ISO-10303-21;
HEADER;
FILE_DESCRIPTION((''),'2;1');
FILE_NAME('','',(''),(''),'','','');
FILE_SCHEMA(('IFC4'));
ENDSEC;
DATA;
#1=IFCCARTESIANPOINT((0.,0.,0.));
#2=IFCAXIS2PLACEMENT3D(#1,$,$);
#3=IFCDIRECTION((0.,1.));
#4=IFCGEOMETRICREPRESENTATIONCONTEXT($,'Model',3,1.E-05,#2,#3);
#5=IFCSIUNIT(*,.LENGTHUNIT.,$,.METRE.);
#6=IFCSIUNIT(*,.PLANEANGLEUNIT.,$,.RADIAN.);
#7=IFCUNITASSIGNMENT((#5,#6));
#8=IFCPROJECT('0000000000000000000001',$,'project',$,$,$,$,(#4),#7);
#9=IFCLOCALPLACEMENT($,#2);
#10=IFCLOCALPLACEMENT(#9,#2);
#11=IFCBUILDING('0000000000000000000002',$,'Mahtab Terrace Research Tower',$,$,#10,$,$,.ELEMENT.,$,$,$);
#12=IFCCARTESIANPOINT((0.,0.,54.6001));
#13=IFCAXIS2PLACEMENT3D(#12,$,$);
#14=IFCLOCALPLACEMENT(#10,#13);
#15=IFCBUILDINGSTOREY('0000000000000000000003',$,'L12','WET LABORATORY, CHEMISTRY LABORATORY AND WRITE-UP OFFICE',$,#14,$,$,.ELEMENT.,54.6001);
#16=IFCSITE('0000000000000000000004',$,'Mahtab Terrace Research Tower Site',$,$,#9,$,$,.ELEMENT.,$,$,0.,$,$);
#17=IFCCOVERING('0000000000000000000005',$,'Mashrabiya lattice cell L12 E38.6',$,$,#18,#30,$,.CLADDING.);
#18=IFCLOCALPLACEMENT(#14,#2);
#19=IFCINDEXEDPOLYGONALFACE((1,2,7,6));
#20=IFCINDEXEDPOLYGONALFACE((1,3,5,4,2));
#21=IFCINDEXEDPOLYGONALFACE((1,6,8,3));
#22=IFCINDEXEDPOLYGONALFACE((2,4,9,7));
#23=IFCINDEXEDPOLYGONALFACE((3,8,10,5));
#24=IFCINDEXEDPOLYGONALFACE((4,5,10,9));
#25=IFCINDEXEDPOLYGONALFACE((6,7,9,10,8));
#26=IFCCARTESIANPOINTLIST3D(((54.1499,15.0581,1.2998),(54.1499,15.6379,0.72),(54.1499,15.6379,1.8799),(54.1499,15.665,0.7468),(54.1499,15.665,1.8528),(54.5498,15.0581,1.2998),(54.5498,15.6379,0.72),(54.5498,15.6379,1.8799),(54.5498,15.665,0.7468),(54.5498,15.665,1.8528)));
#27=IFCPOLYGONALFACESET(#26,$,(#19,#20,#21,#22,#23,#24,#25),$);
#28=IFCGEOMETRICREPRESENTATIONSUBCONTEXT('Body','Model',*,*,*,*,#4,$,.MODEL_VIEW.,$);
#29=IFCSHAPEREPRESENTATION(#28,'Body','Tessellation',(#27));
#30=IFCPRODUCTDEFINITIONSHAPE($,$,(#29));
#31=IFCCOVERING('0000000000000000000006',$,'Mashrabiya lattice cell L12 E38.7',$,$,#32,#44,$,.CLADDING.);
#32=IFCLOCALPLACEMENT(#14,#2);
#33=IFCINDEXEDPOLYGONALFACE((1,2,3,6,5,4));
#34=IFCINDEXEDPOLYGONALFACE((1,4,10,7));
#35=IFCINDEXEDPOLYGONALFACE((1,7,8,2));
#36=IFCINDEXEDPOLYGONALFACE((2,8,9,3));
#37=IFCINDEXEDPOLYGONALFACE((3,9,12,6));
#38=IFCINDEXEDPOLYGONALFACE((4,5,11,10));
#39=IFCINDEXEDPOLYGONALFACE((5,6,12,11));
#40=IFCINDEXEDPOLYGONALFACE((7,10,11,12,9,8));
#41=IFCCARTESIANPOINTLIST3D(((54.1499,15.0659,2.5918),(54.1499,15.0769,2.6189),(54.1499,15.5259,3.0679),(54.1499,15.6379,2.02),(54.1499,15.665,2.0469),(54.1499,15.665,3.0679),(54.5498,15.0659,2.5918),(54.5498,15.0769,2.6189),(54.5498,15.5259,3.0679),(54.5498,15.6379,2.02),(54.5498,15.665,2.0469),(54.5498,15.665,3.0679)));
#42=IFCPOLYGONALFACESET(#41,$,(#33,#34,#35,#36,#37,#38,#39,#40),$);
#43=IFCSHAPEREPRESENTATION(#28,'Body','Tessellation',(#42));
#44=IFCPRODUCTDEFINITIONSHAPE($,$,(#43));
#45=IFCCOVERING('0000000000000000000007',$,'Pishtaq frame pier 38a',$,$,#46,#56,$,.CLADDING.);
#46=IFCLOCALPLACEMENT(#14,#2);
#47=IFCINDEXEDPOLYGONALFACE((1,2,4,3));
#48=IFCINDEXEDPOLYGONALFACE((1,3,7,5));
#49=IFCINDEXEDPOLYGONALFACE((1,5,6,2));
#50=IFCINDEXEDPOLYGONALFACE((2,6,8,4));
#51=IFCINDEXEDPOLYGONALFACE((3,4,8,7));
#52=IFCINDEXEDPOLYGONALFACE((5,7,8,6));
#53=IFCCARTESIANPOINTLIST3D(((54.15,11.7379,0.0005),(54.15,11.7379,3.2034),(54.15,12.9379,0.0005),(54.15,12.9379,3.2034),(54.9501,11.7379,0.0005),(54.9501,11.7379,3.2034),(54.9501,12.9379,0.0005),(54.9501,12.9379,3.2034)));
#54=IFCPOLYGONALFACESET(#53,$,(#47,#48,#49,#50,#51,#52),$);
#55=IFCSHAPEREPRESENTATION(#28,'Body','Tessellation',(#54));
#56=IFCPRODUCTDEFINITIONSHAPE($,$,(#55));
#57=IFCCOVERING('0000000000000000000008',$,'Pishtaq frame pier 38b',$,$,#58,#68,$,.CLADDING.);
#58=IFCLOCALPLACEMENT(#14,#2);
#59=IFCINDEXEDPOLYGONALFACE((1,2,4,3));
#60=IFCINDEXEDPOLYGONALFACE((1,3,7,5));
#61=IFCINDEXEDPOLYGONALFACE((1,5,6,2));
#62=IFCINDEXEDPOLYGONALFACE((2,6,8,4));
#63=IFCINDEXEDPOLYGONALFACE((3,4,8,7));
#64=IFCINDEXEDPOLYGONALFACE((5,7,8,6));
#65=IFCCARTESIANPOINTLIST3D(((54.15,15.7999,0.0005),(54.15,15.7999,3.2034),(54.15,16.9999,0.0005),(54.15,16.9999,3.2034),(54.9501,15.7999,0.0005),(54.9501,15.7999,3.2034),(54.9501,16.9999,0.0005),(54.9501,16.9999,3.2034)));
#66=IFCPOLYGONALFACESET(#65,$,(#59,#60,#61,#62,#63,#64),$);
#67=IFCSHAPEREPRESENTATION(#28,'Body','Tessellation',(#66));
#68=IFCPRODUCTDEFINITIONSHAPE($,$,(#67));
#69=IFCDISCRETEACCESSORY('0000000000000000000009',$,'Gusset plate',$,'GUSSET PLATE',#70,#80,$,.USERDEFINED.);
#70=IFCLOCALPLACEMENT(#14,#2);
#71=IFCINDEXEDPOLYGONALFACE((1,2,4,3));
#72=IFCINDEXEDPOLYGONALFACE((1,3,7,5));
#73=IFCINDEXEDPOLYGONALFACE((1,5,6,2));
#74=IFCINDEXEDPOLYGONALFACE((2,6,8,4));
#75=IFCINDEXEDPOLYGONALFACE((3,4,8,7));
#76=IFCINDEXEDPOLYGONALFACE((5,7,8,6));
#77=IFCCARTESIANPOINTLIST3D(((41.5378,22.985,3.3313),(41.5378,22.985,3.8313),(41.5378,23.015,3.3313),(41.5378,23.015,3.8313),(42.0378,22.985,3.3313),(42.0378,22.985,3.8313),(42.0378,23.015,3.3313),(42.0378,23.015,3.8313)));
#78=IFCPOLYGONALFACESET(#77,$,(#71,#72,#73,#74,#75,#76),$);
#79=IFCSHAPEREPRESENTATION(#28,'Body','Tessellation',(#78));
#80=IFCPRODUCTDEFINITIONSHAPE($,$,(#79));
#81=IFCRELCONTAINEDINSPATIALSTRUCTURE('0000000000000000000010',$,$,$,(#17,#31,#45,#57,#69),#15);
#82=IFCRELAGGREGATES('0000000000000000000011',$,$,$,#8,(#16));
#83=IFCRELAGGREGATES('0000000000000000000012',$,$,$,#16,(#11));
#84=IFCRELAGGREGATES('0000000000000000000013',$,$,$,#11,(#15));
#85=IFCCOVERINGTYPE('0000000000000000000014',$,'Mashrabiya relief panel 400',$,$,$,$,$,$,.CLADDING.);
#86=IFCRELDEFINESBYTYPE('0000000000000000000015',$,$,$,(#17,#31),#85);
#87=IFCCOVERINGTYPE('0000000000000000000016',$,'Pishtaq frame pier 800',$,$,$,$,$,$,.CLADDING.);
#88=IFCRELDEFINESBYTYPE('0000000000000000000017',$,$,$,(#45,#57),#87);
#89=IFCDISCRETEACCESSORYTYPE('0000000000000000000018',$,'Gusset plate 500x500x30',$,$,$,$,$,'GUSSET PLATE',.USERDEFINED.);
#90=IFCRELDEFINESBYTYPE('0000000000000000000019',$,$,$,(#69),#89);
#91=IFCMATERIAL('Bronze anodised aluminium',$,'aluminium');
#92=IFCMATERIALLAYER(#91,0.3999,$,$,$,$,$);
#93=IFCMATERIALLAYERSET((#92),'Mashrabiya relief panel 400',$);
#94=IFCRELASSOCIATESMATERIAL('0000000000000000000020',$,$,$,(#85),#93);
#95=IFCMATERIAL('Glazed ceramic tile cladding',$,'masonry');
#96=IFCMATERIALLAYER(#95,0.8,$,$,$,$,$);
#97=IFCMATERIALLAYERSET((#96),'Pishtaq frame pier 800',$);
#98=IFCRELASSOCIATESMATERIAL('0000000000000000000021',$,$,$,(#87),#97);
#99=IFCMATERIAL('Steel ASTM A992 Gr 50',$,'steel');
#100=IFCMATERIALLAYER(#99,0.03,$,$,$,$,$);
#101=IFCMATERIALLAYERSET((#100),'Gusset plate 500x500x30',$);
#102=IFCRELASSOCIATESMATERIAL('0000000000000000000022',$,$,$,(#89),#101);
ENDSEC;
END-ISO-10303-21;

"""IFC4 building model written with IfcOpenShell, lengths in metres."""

from ifc_helpers import new_model, si_unit, direction, frame, origin, origin_2d, place, context, subcontext, project, spatial, polyline, rectangle, outline, extrude, material, layer, layer_set, type_object, element, save


model = new_model("IFC4")

# Units and contexts
model_context = context("Model", 3, precision=1e-05, world=origin(), true_north=direction((0.0, 1.0)))
body_context = subcontext(model_context, "Body", "Model", "MODEL_VIEW")
ifc_project = project(units=[si_unit("LENGTHUNIT", "METRE"), si_unit("PLANEANGLEUNIT", "RADIAN")], contexts=[model_context])

# Site, building, storey
site_placement = place(None, origin())
site = spatial("IfcSite", under=ifc_project, at=site_placement, Name="Mahtab Terrace Research Tower Site", CompositionType="ELEMENT", RefElevation=0.0)
building_placement = place(site_placement, origin())
building = spatial("IfcBuilding", under=site, at=building_placement, Name="Mahtab Terrace Research Tower", CompositionType="ELEMENT")
storey_placement = place(building_placement, frame((0.0, 0.0, 54.6001)))
storey = spatial("IfcBuildingStorey", under=building, at=storey_placement, Name="L12", Description="WET LABORATORY, CHEMISTRY LABORATORY AND WRITE-UP OFFICE", CompositionType="ELEMENT", Elevation=54.6001)

# Shared definitions
ifc_material_1 = material(Name="Steel ASTM A992 Gr 50", Category="steel")

# Coverings
ifc_material_2 = material(Name="Bronze anodised aluminium", Category="aluminium")
ifc_layer_1 = layer(ifc_material_2, 0.3999)
ifc_layer_set_1 = layer_set([ifc_layer_1], Name="Mashrabiya relief panel 400")
covering_type_1 = type_object("IfcCoveringType", Name="Mashrabiya relief panel 400", PredefinedType="CLADDING", material=ifc_layer_set_1)
covering_1_placement = place(storey_placement, frame((54.1499, 15.6379, 0.72), z_axis=(-1.0, 0.0, 0.0), x_axis=(0.0, -0.707107, 0.707107)))
element("IfcCovering", 1, at=covering_1_placement, inside=storey, type_object=covering_type_1, Name="Mashrabiya lattice cell L12 E38.6", PredefinedType="CLADDING", context=body_context, shape_type="SweptSolid", body=[
    extrude(outline(polyline([(0.0, 0.0), (0.82, 0.0), (0.8202, 0.8202), (0.7819, 0.8202), (-0.0002, 0.0382), (0.0, 0.0)])), origin(), (0.0, 0.0, -1.0), 0.3999),
])
covering_2_placement = place(storey_placement, frame((54.1499, 15.6379, 2.02), z_axis=(-1.0, 0.0, 0.0), x_axis=(0.0, -0.707258, 0.706956)))
element("IfcCovering", 2, at=covering_2_placement, inside=storey, type_object=covering_type_1, Name="Mashrabiya lattice cell L12 E38.7", PredefinedType="CLADDING", context=body_context, shape_type="SweptSolid", body=[
    extrude(outline(polyline([(0.0, 0.0), (0.8088, 0.0), (0.8202, 0.0269), (0.82, 0.6619), (0.7216, 0.7603), (-0.0002, 0.0382), (0.0, 0.0)])), origin(), (0.0, 0.0, -1.0), 0.3999),
])
ifc_material_3 = material(Name="Glazed ceramic tile cladding", Category="masonry")
ifc_layer_2 = layer(ifc_material_3, 0.8)
ifc_layer_set_2 = layer_set([ifc_layer_2], Name="Pishtaq frame pier 800")
covering_type_2 = type_object("IfcCoveringType", Name="Pishtaq frame pier 800", PredefinedType="CLADDING", material=ifc_layer_set_2)
for number, where, z_axis, x_axis, name in (
    (3, (54.55, 12.3379, 0.0005), (0.0, 0.0, 1.0), (0.0, 1.0, 0.0), "Pishtaq frame pier 38a"),
    (4, (54.55, 16.3999, 0.0005), (0.0, 0.0, 1.0), (0.0, 1.0, 0.0), "Pishtaq frame pier 38b"),
):
    element("IfcCovering", number, at=place(storey_placement, frame(where, z_axis=z_axis, x_axis=x_axis)), inside=storey, type_object=covering_type_2, Name=name, PredefinedType="CLADDING", context=body_context, shape_type="SweptSolid", body=[
        extrude(rectangle(XDim=1.2, YDim=0.8, at=origin_2d()), origin(), (0.0, 0.0, 1.0), 3.2029),
    ])

# Discrete accessory
ifc_layer_3 = layer(ifc_material_1, 0.03)
ifc_layer_set_3 = layer_set([ifc_layer_3], Name="Gusset plate 500x500x30")
discrete_accessory_type = type_object("IfcDiscreteAccessoryType", Name="Gusset plate 500x500x30", ElementType="GUSSET PLATE", PredefinedType="USERDEFINED", material=ifc_layer_set_3)
discrete_accessory_placement = place(storey_placement, frame((41.7878, 23.0, 3.3313), z_axis=(0.0, 0.0, 1.0), x_axis=(1.0, 0.0, 0.0)))
element("IfcDiscreteAccessory", 5, at=discrete_accessory_placement, inside=storey, type_object=discrete_accessory_type, Name="Gusset plate", ObjectType="GUSSET PLATE", PredefinedType="USERDEFINED", context=body_context, shape_type="SweptSolid", body=[
    extrude(rectangle(XDim=0.5, YDim=0.03, at=origin_2d()), origin(), (0.0, 0.0, 1.0), 0.5),
])

save(model, "model.ifc")
